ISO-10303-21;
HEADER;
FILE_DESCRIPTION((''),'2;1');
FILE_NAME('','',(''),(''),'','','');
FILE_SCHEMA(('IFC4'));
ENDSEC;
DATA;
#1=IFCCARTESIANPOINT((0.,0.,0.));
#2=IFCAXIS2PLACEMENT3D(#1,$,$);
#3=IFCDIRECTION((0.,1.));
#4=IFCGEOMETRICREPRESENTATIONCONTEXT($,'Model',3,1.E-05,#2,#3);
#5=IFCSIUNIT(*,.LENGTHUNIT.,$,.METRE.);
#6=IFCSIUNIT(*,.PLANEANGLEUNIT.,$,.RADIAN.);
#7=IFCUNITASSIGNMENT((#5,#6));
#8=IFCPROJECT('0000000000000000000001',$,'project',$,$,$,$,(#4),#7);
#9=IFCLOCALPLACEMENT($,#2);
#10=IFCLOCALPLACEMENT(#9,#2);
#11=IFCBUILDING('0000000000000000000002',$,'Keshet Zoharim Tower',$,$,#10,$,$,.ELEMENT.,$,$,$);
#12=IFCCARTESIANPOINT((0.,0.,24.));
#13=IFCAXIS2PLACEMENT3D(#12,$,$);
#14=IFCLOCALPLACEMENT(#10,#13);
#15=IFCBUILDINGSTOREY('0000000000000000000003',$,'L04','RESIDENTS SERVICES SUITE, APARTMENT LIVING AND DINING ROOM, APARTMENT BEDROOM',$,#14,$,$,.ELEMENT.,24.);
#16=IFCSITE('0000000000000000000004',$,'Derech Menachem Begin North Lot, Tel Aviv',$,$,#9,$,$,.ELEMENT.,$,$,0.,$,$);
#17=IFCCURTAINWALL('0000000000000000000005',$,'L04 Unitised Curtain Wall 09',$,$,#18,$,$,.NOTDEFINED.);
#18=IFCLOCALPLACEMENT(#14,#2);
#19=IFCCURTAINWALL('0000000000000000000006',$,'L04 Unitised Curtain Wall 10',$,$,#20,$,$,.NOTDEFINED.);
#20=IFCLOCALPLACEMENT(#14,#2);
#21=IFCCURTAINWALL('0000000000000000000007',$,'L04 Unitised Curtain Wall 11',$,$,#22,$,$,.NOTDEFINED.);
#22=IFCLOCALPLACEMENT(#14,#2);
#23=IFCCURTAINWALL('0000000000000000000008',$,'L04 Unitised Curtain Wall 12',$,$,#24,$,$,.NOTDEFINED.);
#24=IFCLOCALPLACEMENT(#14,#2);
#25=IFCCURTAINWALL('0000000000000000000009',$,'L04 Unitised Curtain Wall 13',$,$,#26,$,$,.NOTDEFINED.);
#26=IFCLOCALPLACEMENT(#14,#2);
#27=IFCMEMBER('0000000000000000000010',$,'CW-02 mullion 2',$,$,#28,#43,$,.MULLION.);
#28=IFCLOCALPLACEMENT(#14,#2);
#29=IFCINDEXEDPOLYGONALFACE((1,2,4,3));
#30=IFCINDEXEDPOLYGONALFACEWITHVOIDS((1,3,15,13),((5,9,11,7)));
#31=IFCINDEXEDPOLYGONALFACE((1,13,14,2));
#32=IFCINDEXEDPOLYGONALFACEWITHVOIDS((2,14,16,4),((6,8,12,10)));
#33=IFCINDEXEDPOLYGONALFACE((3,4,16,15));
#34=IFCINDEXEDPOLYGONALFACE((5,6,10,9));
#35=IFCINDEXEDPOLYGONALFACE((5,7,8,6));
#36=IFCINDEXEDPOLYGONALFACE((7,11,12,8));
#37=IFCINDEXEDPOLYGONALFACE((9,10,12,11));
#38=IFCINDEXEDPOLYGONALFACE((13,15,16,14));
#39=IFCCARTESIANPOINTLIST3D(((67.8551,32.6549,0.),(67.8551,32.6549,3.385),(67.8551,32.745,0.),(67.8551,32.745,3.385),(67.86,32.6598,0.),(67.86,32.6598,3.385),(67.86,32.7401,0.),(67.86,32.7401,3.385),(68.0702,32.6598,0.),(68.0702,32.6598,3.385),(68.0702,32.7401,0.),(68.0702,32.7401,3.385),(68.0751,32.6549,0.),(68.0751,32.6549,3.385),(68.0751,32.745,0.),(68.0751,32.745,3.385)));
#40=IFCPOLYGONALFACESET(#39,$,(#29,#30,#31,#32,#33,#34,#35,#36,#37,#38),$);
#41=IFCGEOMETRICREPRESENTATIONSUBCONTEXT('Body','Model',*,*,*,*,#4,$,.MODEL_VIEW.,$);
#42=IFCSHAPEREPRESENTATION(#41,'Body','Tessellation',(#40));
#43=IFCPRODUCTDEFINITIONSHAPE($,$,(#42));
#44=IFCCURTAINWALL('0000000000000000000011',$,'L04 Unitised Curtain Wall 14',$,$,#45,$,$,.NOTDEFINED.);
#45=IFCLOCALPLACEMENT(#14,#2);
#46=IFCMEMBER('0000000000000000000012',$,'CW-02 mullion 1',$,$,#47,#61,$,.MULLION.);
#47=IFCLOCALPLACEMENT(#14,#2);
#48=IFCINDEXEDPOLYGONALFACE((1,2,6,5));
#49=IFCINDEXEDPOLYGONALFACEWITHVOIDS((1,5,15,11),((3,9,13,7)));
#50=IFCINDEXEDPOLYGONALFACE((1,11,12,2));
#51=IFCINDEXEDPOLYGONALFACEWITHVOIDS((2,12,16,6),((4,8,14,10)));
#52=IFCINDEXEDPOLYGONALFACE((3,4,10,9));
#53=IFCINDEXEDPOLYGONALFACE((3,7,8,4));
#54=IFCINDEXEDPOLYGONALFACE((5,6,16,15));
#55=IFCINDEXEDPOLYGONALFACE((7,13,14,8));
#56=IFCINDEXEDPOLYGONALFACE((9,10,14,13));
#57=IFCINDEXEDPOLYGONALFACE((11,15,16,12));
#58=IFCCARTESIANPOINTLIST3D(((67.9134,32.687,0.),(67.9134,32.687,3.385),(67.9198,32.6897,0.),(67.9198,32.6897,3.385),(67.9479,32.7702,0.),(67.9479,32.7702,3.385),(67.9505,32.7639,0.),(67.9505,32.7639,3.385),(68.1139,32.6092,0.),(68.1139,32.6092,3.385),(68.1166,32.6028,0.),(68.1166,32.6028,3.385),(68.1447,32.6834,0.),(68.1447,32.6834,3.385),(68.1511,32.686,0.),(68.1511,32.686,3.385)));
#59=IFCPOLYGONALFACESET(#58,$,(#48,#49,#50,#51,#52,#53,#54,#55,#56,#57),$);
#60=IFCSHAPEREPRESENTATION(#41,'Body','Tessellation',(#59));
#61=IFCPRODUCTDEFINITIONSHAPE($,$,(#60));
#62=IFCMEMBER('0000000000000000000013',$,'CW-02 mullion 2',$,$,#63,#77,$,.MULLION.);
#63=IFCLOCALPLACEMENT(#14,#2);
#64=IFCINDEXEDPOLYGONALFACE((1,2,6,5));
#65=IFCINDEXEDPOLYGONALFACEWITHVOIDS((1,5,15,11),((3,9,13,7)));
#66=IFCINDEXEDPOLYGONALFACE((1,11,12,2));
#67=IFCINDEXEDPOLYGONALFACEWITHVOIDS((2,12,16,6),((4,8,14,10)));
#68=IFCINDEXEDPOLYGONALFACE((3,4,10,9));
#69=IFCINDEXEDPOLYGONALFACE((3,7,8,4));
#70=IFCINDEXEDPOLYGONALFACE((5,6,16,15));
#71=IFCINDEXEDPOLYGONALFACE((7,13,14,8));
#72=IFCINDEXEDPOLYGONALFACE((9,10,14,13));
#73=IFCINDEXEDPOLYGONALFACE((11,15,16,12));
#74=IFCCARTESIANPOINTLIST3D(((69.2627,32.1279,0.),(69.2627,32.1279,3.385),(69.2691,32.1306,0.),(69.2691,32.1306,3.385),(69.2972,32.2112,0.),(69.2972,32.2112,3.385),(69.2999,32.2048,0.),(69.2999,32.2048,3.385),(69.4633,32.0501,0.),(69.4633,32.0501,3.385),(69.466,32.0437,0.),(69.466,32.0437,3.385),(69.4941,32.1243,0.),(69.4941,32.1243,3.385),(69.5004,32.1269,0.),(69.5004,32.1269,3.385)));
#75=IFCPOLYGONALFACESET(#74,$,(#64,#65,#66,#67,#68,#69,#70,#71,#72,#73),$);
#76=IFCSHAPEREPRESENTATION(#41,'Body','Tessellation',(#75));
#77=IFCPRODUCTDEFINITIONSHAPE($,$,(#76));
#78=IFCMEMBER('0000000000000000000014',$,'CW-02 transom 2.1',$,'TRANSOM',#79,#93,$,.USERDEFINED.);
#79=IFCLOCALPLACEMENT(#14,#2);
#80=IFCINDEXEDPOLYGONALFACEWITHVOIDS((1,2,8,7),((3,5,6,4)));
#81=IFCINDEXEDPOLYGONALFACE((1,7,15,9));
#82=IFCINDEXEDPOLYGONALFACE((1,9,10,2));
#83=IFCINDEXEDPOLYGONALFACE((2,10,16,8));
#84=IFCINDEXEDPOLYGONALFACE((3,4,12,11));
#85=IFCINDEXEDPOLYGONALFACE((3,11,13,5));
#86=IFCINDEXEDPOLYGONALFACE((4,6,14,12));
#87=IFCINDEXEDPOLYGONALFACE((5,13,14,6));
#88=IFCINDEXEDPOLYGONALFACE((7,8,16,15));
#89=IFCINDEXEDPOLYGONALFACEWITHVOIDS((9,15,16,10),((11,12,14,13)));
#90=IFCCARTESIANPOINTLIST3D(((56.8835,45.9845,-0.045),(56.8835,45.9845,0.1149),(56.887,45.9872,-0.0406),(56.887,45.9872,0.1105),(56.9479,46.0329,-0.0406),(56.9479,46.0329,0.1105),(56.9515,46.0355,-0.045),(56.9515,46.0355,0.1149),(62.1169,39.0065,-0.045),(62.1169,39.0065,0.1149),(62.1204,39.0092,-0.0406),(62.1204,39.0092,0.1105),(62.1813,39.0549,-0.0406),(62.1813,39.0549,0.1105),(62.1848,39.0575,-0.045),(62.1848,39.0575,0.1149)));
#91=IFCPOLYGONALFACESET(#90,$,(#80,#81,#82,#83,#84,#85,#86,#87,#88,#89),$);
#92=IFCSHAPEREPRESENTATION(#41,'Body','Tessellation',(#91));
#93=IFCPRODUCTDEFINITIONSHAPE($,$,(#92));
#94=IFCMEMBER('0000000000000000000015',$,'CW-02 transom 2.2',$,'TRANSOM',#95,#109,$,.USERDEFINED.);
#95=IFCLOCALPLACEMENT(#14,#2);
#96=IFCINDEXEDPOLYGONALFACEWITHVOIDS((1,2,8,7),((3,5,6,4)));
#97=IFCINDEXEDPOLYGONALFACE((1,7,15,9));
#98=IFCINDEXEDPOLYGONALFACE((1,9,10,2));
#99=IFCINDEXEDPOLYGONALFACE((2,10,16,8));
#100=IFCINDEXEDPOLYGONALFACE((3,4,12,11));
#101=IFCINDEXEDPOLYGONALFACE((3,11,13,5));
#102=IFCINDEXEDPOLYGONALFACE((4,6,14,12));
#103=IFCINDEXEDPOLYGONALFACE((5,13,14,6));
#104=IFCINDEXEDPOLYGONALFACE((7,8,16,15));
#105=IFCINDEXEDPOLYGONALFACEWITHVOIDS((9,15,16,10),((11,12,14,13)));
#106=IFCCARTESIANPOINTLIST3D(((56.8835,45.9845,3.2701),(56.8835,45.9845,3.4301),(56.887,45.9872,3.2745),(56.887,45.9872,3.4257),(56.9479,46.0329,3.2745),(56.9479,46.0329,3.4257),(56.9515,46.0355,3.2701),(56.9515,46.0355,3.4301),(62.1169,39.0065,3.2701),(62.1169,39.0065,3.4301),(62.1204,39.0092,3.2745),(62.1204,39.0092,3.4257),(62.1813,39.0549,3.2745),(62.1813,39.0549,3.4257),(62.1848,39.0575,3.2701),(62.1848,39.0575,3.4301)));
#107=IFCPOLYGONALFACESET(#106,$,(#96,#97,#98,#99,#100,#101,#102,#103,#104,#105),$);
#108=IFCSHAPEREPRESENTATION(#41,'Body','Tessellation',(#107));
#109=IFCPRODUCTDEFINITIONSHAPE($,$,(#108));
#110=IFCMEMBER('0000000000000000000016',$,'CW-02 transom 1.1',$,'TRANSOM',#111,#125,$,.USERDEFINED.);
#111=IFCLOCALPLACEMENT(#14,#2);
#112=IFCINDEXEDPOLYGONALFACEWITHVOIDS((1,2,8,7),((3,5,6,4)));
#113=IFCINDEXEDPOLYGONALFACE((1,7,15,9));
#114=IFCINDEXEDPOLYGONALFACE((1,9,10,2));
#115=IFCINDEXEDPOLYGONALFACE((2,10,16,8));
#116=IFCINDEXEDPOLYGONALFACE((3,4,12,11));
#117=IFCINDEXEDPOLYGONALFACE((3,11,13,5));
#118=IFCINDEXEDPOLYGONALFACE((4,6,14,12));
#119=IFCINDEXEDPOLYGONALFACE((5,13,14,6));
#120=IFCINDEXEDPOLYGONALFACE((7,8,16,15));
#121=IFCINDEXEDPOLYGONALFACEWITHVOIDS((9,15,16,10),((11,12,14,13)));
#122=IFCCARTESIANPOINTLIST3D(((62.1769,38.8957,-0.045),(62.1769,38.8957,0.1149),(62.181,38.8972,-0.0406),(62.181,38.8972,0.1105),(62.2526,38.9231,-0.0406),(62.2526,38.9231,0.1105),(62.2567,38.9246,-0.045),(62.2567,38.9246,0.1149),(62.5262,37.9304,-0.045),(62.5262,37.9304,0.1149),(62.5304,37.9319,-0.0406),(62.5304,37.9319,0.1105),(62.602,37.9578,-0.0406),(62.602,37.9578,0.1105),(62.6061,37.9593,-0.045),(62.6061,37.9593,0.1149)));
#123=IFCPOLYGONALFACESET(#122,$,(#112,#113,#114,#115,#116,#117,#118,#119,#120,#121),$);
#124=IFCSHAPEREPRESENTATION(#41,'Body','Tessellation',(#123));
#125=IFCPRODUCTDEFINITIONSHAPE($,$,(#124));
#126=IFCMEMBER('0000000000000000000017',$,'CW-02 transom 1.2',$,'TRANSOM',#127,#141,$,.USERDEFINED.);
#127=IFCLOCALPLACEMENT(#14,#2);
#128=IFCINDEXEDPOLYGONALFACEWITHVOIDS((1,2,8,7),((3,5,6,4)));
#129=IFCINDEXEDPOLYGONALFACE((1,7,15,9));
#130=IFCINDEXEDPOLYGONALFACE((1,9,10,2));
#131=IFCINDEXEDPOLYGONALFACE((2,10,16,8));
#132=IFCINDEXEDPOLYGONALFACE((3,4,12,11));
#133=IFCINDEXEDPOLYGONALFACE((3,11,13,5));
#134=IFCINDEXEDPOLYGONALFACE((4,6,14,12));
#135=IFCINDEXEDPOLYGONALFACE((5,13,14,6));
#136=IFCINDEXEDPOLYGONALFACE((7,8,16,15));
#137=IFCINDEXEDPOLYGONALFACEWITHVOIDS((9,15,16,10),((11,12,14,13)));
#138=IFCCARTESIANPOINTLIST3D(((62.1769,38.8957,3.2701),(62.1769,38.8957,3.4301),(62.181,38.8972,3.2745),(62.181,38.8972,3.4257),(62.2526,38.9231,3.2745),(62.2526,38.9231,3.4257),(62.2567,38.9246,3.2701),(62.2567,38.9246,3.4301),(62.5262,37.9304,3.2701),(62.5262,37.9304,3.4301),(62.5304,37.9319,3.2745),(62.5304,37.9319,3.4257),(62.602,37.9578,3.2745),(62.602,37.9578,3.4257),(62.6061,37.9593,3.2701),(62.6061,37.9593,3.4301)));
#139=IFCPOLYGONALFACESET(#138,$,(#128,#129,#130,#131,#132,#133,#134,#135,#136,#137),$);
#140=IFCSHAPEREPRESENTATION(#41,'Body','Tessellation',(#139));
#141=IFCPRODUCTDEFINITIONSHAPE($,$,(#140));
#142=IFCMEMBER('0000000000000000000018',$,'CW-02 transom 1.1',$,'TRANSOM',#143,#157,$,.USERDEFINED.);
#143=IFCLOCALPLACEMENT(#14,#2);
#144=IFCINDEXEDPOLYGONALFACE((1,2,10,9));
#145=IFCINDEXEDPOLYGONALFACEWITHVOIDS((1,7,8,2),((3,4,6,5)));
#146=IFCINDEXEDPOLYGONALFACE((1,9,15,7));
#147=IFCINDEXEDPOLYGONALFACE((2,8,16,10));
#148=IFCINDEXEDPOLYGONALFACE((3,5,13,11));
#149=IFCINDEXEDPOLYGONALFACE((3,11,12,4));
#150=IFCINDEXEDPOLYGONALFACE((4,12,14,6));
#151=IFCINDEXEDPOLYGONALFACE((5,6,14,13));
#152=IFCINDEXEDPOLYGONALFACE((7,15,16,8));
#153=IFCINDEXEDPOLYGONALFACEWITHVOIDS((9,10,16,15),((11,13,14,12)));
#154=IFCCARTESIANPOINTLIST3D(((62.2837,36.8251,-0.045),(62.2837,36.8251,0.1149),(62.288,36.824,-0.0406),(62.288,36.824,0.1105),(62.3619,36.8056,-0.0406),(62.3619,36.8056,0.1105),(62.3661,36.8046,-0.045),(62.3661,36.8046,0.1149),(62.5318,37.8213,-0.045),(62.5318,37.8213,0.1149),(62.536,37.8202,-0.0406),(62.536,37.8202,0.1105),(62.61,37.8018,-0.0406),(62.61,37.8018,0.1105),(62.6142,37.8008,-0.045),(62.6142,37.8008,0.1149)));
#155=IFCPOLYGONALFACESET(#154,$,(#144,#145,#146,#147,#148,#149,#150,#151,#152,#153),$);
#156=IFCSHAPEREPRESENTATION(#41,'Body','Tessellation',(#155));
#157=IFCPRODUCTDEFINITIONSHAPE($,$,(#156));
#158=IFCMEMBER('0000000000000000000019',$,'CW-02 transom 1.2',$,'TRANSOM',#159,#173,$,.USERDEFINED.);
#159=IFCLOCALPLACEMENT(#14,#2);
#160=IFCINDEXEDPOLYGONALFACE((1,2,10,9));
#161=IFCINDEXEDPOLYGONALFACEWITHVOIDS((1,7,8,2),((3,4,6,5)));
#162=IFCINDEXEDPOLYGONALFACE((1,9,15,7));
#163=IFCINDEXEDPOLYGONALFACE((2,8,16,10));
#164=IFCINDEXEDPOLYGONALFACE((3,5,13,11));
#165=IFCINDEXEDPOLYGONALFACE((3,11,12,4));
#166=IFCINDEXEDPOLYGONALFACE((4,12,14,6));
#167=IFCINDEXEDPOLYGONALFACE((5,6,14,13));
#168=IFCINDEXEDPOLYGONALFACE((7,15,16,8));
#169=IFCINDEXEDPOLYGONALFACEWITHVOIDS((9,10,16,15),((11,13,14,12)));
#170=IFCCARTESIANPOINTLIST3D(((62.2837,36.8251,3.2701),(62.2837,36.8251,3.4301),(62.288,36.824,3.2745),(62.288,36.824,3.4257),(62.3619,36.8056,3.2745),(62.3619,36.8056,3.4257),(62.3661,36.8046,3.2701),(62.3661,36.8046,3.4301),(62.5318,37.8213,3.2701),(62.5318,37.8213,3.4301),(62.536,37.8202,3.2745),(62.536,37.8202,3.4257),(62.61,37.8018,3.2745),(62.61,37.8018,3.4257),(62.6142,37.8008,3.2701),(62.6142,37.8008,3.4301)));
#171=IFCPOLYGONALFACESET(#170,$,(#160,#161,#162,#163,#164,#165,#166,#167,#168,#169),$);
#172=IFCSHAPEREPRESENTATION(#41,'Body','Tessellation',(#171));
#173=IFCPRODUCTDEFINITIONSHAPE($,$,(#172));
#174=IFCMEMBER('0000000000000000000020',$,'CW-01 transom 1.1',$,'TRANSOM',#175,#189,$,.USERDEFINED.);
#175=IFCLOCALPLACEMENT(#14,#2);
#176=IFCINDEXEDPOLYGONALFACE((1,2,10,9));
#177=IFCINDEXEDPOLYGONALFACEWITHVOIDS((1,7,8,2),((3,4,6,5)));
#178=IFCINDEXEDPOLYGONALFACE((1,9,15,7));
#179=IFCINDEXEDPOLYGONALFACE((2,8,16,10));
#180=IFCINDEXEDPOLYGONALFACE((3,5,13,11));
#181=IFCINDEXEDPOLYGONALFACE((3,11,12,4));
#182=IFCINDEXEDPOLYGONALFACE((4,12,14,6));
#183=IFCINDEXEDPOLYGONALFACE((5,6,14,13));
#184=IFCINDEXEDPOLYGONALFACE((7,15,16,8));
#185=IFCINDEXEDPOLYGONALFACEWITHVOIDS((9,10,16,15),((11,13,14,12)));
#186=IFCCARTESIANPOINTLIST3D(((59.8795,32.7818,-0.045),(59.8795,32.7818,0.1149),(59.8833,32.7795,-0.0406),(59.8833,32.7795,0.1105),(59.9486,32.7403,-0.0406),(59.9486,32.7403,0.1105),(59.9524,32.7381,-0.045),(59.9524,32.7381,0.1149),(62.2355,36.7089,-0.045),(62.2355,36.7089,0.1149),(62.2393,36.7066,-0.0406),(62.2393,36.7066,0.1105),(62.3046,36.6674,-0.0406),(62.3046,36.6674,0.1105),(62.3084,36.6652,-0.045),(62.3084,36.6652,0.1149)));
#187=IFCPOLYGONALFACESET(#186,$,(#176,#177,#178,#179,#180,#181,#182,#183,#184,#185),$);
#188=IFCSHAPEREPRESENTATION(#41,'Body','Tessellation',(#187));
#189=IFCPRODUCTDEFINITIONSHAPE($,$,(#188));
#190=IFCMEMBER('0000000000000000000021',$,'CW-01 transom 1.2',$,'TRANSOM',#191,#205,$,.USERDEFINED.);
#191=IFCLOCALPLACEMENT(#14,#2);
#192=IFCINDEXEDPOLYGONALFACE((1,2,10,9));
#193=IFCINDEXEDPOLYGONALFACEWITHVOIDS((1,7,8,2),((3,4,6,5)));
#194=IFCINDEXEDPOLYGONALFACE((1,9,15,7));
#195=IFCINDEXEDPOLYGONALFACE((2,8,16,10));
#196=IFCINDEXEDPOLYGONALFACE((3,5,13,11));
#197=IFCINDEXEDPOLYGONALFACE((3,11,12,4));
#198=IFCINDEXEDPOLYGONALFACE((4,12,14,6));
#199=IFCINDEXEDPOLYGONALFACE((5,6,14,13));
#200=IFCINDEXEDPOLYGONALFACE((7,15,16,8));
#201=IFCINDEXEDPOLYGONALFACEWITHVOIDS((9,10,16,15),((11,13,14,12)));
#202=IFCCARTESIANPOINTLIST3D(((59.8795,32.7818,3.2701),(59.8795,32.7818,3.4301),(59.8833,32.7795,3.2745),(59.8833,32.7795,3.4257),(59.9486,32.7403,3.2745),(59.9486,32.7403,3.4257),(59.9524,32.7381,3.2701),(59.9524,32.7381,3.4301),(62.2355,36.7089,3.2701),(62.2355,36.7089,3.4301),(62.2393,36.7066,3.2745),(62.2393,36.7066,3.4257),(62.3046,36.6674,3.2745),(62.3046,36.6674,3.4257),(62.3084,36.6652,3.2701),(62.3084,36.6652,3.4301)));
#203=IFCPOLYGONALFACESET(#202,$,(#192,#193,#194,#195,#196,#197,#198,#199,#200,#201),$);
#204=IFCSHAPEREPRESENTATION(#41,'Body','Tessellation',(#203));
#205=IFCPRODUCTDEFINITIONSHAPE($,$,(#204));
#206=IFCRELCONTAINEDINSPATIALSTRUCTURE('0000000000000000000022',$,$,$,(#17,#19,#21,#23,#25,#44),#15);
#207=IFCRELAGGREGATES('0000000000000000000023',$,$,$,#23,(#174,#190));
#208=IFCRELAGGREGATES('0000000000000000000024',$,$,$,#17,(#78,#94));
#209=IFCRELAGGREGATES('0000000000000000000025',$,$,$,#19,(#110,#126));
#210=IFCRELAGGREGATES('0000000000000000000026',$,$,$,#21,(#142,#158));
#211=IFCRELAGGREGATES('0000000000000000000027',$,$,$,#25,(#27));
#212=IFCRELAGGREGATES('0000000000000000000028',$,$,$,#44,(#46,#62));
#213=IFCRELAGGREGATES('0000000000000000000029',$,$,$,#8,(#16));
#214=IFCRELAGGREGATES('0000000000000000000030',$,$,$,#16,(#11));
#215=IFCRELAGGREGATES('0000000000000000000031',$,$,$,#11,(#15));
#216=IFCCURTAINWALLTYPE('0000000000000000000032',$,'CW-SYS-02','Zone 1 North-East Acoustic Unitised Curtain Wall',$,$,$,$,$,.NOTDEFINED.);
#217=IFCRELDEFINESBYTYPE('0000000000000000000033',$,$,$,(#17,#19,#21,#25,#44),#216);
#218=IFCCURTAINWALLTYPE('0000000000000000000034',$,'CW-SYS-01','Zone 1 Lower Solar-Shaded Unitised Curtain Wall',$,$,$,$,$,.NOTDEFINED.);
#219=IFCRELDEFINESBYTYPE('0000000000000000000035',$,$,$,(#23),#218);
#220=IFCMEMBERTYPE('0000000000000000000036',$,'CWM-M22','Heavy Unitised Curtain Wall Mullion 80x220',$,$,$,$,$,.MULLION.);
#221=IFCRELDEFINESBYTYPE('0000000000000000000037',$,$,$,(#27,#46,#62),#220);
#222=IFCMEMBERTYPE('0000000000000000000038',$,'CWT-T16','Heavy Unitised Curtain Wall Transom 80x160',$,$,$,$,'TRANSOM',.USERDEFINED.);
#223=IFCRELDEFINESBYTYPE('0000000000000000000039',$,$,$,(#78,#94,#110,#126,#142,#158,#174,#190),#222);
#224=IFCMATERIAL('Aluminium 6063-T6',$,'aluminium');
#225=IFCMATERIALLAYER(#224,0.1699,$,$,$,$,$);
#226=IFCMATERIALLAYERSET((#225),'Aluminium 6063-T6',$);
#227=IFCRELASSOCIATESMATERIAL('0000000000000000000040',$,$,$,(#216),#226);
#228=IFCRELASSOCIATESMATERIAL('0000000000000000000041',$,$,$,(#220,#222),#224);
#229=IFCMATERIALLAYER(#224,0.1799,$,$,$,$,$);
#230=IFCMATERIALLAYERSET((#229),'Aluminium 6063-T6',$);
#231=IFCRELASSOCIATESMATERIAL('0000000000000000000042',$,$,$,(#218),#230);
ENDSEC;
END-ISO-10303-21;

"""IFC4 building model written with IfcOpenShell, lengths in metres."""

from ifc_helpers import new_model, si_unit, direction, frame, origin, origin_2d, place, context, subcontext, project, spatial, hollow_rectangle, extrude, material, layer, layer_set, material_profile, profile_set, type_object, element, aggregate, save


model = new_model("IFC4")

# Units and contexts
model_context = context("Model", 3, precision=1e-05, world=origin(), true_north=direction((0.0, 1.0)))
body_context = subcontext(model_context, "Body", "Model", "MODEL_VIEW")
ifc_project = project(units=[si_unit("LENGTHUNIT", "METRE"), si_unit("PLANEANGLEUNIT", "RADIAN")], contexts=[model_context])

# Site, building, storey
site_placement = place(None, origin())
site = spatial("IfcSite", under=ifc_project, at=site_placement, Name="Derech Menachem Begin North Lot, Tel Aviv", CompositionType="ELEMENT", RefElevation=0.0)
building_placement = place(site_placement, origin())
building = spatial("IfcBuilding", under=site, at=building_placement, Name="Keshet Zoharim Tower", CompositionType="ELEMENT")
storey_placement = place(building_placement, frame((0.0, 0.0, 24.0)))
storey = spatial("IfcBuildingStorey", under=building, at=storey_placement, Name="L04", Description="RESIDENTS SERVICES SUITE, APARTMENT LIVING AND DINING ROOM, APARTMENT BEDROOM", CompositionType="ELEMENT", Elevation=24.0)

# Curtain wall
ifc_material_1 = material(Name="Aluminium 6063-T6", Category="aluminium")
ifc_layer_1 = layer(ifc_material_1, 0.1699)
ifc_layer_set_1 = layer_set([ifc_layer_1], Name="Aluminium 6063-T6")
curtain_wall_type_1 = type_object("IfcCurtainWallType", Name="CW-SYS-02", Description="Zone 1 North-East Acoustic Unitised Curtain Wall", PredefinedType="NOTDEFINED", material=ifc_layer_set_1)
curtain_wall_1_placement = place(storey_placement, origin())
curtain_wall_1 = element("IfcCurtainWall", 1, at=curtain_wall_1_placement, inside=storey, type_object=curtain_wall_type_1, Name="L04 Unitised Curtain Wall 09", PredefinedType="NOTDEFINED")
ifc_material_profile_1 = material_profile(ifc_material_1, hollow_rectangle(XDim=0.0901, YDim=0.22, WallThickness=0.0049, at=origin_2d()), Name="MUL-90x220")
ifc_profile_set_1 = profile_set([ifc_material_profile_1], Name="Aluminium 6063-T6")
member_type_1 = type_object("IfcMemberType", Name="CWM-M22", Description="Heavy Unitised Curtain Wall Mullion 80x220", PredefinedType="MULLION", material=ifc_profile_set_1)

# Curtain walls, members
curtain_wall_2_placement = place(storey_placement, origin())
curtain_wall_2 = element("IfcCurtainWall", 2, at=curtain_wall_2_placement, inside=storey, type_object=curtain_wall_type_1, Name="L04 Unitised Curtain Wall 10", PredefinedType="NOTDEFINED")
curtain_wall_3_placement = place(storey_placement, origin())
curtain_wall_3 = element("IfcCurtainWall", 3, at=curtain_wall_3_placement, inside=storey, type_object=curtain_wall_type_1, Name="L04 Unitised Curtain Wall 11", PredefinedType="NOTDEFINED")
ifc_layer_2 = layer(ifc_material_1, 0.1799)
ifc_layer_set_2 = layer_set([ifc_layer_2], Name="Aluminium 6063-T6")
curtain_wall_type_2 = type_object("IfcCurtainWallType", Name="CW-SYS-01", Description="Zone 1 Lower Solar-Shaded Unitised Curtain Wall", PredefinedType="NOTDEFINED", material=ifc_layer_set_2)
curtain_wall_4_placement = place(storey_placement, origin())
curtain_wall_4 = element("IfcCurtainWall", 4, at=curtain_wall_4_placement, inside=storey, type_object=curtain_wall_type_2, Name="L04 Unitised Curtain Wall 12", PredefinedType="NOTDEFINED")
curtain_wall_5_placement = place(storey_placement, origin())
curtain_wall_5 = element("IfcCurtainWall", 5, at=curtain_wall_5_placement, inside=storey, type_object=curtain_wall_type_1, Name="L04 Unitised Curtain Wall 13", PredefinedType="NOTDEFINED")
member_1_placement = place(storey_placement, frame((67.9651, 32.7, 0.0), z_axis=(0.0, 0.0, 1.0), x_axis=(0.0, 1.0, 0.0)))
member_1 = element("IfcMember", 6, at=member_1_placement, type_object=member_type_1, Name="CW-02 mullion 2", PredefinedType="MULLION", context=body_context, shape_type="SweptSolid", body=[
    extrude(hollow_rectangle(XDim=0.0901, YDim=0.22, WallThickness=0.0049, at=origin_2d()), origin(), (0.0, 0.0, 1.0), 3.385),
])
curtain_wall_6_placement = place(storey_placement, origin())
curtain_wall_6 = element("IfcCurtainWall", 7, at=curtain_wall_6_placement, inside=storey, type_object=curtain_wall_type_1, Name="L04 Unitised Curtain Wall 14", PredefinedType="NOTDEFINED")
member_2_placement = place(storey_placement, frame((68.0322, 32.6865, 0.0), z_axis=(0.0, 0.0, 1.0), x_axis=(0.382852, 0.92381, 0.0)))
member_2 = element("IfcMember", 8, at=member_2_placement, type_object=member_type_1, Name="CW-02 mullion 1", PredefinedType="MULLION", context=body_context, shape_type="SweptSolid", body=[
    extrude(hollow_rectangle(XDim=0.0901, YDim=0.22, WallThickness=0.0049, at=origin_2d()), origin(), (0.0, 0.0, 1.0), 3.385),
])
member_3_placement = place(storey_placement, frame((69.3816, 32.1274, 0.0), z_axis=(0.0, 0.0, 1.0), x_axis=(0.382852, 0.92381, 0.0)))
member_3 = element("IfcMember", 9, at=member_3_placement, type_object=member_type_1, Name="CW-02 mullion 2", PredefinedType="MULLION", context=body_context, shape_type="SweptSolid", body=[
    extrude(hollow_rectangle(XDim=0.0901, YDim=0.22, WallThickness=0.0049, at=origin_2d()), origin(), (0.0, 0.0, 1.0), 3.385),
])

# Members
ifc_material_profile_2 = material_profile(ifc_material_1, hollow_rectangle(XDim=0.085, YDim=0.1599, WallThickness=0.0044, at=origin_2d()), Name="TRN-85x160")
ifc_profile_set_2 = profile_set([ifc_material_profile_2], Name="Aluminium 6063-T6")
member_type_2 = type_object("IfcMemberType", Name="CWT-T16", Description="Heavy Unitised Curtain Wall Transom 80x160", ElementType="TRANSOM", PredefinedType="USERDEFINED", material=ifc_profile_set_2)
member_4_placement = place(storey_placement, frame((56.9175, 46.01, 0.0349), z_axis=(0.599991, -0.800007, 0.0), x_axis=(0.800007, 0.599991, 0.0)))
member_4 = element("IfcMember", 10, at=member_4_placement, type_object=member_type_2, Name="CW-02 transom 2.1", ObjectType="TRANSOM", PredefinedType="USERDEFINED", context=body_context, shape_type="SweptSolid", body=[
    extrude(hollow_rectangle(XDim=0.085, YDim=0.1599, WallThickness=0.0044, at=origin_2d()), origin(), (0.0, 0.0, 1.0), 8.7224),
])
member_5_placement = place(storey_placement, frame((56.9175, 46.01, 3.3501), z_axis=(0.599991, -0.800007, 0.0), x_axis=(0.800007, 0.599991, 0.0)))
member_5 = element("IfcMember", 11, at=member_5_placement, type_object=member_type_2, Name="CW-02 transom 2.2", ObjectType="TRANSOM", PredefinedType="USERDEFINED", context=body_context, shape_type="SweptSolid", body=[
    extrude(hollow_rectangle(XDim=0.085, YDim=0.1599, WallThickness=0.0044, at=origin_2d()), origin(), (0.0, 0.0, 1.0), 8.7224),
])
member_6_placement = place(storey_placement, frame((62.2168, 38.9102, 0.0349), z_axis=(0.340311, -0.940313, 0.0), x_axis=(0.940313, 0.340311, 0.0)))
member_6 = element("IfcMember", 12, at=member_6_placement, type_object=member_type_2, Name="CW-02 transom 1.1", ObjectType="TRANSOM", PredefinedType="USERDEFINED", context=body_context, shape_type="SweptSolid", body=[
    extrude(hollow_rectangle(XDim=0.085, YDim=0.1599, WallThickness=0.0044, at=origin_2d()), origin(), (0.0, 0.0, 1.0), 1.0266),
])
member_7_placement = place(storey_placement, frame((62.2168, 38.9102, 3.3501), z_axis=(0.340311, -0.940313, 0.0), x_axis=(0.940313, 0.340311, 0.0)))
member_7 = element("IfcMember", 13, at=member_7_placement, type_object=member_type_2, Name="CW-02 transom 1.2", ObjectType="TRANSOM", PredefinedType="USERDEFINED", context=body_context, shape_type="SweptSolid", body=[
    extrude(hollow_rectangle(XDim=0.085, YDim=0.1599, WallThickness=0.0044, at=origin_2d()), origin(), (0.0, 0.0, 1.0), 1.0266),
])
member_8_placement = place(storey_placement, frame((62.573, 37.811, 0.0349), z_axis=(-0.24164, -0.970366, 0.0), x_axis=(0.970366, -0.24164, 0.0)))
member_8 = element("IfcMember", 14, at=member_8_placement, type_object=member_type_2, Name="CW-02 transom 1.1", ObjectType="TRANSOM", PredefinedType="USERDEFINED", context=body_context, shape_type="SweptSolid", body=[
    extrude(hollow_rectangle(XDim=0.085, YDim=0.1599, WallThickness=0.0044, at=origin_2d()), origin(), (0.0, 0.0, 1.0), 1.0266),
])
member_9_placement = place(storey_placement, frame((62.573, 37.811, 3.3501), z_axis=(-0.24164, -0.970366, 0.0), x_axis=(0.970366, -0.24164, 0.0)))
member_9 = element("IfcMember", 15, at=member_9_placement, type_object=member_type_2, Name="CW-02 transom 1.2", ObjectType="TRANSOM", PredefinedType="USERDEFINED", context=body_context, shape_type="SweptSolid", body=[
    extrude(hollow_rectangle(XDim=0.085, YDim=0.1599, WallThickness=0.0044, at=origin_2d()), origin(), (0.0, 0.0, 1.0), 1.0266),
])
member_10_placement = place(storey_placement, frame((62.272, 36.687, 0.0349), z_axis=(-0.514457, -0.857516, 0.0), x_axis=(0.857516, -0.514457, 0.0)))
member_10 = element("IfcMember", 16, at=member_10_placement, type_object=member_type_2, Name="CW-01 transom 1.1", ObjectType="TRANSOM", PredefinedType="USERDEFINED", context=body_context, shape_type="SweptSolid", body=[
    extrude(hollow_rectangle(XDim=0.085, YDim=0.1599, WallThickness=0.0044, at=origin_2d()), origin(), (0.0, 0.0, 1.0), 4.5796),
])
member_11_placement = place(storey_placement, frame((62.272, 36.687, 3.3501), z_axis=(-0.514457, -0.857516, 0.0), x_axis=(0.857516, -0.514457, 0.0)))
member_11 = element("IfcMember", 17, at=member_11_placement, type_object=member_type_2, Name="CW-01 transom 1.2", ObjectType="TRANSOM", PredefinedType="USERDEFINED", context=body_context, shape_type="SweptSolid", body=[
    extrude(hollow_rectangle(XDim=0.085, YDim=0.1599, WallThickness=0.0044, at=origin_2d()), origin(), (0.0, 0.0, 1.0), 4.5796),
])

aggregate(curtain_wall_4, [member_10, member_11])
aggregate(curtain_wall_1, [member_4, member_5])
aggregate(curtain_wall_2, [member_6, member_7])
aggregate(curtain_wall_3, [member_8, member_9])
aggregate(curtain_wall_5, [member_1])
aggregate(curtain_wall_6, [member_2, member_3])

save(model, "model.ifc")
